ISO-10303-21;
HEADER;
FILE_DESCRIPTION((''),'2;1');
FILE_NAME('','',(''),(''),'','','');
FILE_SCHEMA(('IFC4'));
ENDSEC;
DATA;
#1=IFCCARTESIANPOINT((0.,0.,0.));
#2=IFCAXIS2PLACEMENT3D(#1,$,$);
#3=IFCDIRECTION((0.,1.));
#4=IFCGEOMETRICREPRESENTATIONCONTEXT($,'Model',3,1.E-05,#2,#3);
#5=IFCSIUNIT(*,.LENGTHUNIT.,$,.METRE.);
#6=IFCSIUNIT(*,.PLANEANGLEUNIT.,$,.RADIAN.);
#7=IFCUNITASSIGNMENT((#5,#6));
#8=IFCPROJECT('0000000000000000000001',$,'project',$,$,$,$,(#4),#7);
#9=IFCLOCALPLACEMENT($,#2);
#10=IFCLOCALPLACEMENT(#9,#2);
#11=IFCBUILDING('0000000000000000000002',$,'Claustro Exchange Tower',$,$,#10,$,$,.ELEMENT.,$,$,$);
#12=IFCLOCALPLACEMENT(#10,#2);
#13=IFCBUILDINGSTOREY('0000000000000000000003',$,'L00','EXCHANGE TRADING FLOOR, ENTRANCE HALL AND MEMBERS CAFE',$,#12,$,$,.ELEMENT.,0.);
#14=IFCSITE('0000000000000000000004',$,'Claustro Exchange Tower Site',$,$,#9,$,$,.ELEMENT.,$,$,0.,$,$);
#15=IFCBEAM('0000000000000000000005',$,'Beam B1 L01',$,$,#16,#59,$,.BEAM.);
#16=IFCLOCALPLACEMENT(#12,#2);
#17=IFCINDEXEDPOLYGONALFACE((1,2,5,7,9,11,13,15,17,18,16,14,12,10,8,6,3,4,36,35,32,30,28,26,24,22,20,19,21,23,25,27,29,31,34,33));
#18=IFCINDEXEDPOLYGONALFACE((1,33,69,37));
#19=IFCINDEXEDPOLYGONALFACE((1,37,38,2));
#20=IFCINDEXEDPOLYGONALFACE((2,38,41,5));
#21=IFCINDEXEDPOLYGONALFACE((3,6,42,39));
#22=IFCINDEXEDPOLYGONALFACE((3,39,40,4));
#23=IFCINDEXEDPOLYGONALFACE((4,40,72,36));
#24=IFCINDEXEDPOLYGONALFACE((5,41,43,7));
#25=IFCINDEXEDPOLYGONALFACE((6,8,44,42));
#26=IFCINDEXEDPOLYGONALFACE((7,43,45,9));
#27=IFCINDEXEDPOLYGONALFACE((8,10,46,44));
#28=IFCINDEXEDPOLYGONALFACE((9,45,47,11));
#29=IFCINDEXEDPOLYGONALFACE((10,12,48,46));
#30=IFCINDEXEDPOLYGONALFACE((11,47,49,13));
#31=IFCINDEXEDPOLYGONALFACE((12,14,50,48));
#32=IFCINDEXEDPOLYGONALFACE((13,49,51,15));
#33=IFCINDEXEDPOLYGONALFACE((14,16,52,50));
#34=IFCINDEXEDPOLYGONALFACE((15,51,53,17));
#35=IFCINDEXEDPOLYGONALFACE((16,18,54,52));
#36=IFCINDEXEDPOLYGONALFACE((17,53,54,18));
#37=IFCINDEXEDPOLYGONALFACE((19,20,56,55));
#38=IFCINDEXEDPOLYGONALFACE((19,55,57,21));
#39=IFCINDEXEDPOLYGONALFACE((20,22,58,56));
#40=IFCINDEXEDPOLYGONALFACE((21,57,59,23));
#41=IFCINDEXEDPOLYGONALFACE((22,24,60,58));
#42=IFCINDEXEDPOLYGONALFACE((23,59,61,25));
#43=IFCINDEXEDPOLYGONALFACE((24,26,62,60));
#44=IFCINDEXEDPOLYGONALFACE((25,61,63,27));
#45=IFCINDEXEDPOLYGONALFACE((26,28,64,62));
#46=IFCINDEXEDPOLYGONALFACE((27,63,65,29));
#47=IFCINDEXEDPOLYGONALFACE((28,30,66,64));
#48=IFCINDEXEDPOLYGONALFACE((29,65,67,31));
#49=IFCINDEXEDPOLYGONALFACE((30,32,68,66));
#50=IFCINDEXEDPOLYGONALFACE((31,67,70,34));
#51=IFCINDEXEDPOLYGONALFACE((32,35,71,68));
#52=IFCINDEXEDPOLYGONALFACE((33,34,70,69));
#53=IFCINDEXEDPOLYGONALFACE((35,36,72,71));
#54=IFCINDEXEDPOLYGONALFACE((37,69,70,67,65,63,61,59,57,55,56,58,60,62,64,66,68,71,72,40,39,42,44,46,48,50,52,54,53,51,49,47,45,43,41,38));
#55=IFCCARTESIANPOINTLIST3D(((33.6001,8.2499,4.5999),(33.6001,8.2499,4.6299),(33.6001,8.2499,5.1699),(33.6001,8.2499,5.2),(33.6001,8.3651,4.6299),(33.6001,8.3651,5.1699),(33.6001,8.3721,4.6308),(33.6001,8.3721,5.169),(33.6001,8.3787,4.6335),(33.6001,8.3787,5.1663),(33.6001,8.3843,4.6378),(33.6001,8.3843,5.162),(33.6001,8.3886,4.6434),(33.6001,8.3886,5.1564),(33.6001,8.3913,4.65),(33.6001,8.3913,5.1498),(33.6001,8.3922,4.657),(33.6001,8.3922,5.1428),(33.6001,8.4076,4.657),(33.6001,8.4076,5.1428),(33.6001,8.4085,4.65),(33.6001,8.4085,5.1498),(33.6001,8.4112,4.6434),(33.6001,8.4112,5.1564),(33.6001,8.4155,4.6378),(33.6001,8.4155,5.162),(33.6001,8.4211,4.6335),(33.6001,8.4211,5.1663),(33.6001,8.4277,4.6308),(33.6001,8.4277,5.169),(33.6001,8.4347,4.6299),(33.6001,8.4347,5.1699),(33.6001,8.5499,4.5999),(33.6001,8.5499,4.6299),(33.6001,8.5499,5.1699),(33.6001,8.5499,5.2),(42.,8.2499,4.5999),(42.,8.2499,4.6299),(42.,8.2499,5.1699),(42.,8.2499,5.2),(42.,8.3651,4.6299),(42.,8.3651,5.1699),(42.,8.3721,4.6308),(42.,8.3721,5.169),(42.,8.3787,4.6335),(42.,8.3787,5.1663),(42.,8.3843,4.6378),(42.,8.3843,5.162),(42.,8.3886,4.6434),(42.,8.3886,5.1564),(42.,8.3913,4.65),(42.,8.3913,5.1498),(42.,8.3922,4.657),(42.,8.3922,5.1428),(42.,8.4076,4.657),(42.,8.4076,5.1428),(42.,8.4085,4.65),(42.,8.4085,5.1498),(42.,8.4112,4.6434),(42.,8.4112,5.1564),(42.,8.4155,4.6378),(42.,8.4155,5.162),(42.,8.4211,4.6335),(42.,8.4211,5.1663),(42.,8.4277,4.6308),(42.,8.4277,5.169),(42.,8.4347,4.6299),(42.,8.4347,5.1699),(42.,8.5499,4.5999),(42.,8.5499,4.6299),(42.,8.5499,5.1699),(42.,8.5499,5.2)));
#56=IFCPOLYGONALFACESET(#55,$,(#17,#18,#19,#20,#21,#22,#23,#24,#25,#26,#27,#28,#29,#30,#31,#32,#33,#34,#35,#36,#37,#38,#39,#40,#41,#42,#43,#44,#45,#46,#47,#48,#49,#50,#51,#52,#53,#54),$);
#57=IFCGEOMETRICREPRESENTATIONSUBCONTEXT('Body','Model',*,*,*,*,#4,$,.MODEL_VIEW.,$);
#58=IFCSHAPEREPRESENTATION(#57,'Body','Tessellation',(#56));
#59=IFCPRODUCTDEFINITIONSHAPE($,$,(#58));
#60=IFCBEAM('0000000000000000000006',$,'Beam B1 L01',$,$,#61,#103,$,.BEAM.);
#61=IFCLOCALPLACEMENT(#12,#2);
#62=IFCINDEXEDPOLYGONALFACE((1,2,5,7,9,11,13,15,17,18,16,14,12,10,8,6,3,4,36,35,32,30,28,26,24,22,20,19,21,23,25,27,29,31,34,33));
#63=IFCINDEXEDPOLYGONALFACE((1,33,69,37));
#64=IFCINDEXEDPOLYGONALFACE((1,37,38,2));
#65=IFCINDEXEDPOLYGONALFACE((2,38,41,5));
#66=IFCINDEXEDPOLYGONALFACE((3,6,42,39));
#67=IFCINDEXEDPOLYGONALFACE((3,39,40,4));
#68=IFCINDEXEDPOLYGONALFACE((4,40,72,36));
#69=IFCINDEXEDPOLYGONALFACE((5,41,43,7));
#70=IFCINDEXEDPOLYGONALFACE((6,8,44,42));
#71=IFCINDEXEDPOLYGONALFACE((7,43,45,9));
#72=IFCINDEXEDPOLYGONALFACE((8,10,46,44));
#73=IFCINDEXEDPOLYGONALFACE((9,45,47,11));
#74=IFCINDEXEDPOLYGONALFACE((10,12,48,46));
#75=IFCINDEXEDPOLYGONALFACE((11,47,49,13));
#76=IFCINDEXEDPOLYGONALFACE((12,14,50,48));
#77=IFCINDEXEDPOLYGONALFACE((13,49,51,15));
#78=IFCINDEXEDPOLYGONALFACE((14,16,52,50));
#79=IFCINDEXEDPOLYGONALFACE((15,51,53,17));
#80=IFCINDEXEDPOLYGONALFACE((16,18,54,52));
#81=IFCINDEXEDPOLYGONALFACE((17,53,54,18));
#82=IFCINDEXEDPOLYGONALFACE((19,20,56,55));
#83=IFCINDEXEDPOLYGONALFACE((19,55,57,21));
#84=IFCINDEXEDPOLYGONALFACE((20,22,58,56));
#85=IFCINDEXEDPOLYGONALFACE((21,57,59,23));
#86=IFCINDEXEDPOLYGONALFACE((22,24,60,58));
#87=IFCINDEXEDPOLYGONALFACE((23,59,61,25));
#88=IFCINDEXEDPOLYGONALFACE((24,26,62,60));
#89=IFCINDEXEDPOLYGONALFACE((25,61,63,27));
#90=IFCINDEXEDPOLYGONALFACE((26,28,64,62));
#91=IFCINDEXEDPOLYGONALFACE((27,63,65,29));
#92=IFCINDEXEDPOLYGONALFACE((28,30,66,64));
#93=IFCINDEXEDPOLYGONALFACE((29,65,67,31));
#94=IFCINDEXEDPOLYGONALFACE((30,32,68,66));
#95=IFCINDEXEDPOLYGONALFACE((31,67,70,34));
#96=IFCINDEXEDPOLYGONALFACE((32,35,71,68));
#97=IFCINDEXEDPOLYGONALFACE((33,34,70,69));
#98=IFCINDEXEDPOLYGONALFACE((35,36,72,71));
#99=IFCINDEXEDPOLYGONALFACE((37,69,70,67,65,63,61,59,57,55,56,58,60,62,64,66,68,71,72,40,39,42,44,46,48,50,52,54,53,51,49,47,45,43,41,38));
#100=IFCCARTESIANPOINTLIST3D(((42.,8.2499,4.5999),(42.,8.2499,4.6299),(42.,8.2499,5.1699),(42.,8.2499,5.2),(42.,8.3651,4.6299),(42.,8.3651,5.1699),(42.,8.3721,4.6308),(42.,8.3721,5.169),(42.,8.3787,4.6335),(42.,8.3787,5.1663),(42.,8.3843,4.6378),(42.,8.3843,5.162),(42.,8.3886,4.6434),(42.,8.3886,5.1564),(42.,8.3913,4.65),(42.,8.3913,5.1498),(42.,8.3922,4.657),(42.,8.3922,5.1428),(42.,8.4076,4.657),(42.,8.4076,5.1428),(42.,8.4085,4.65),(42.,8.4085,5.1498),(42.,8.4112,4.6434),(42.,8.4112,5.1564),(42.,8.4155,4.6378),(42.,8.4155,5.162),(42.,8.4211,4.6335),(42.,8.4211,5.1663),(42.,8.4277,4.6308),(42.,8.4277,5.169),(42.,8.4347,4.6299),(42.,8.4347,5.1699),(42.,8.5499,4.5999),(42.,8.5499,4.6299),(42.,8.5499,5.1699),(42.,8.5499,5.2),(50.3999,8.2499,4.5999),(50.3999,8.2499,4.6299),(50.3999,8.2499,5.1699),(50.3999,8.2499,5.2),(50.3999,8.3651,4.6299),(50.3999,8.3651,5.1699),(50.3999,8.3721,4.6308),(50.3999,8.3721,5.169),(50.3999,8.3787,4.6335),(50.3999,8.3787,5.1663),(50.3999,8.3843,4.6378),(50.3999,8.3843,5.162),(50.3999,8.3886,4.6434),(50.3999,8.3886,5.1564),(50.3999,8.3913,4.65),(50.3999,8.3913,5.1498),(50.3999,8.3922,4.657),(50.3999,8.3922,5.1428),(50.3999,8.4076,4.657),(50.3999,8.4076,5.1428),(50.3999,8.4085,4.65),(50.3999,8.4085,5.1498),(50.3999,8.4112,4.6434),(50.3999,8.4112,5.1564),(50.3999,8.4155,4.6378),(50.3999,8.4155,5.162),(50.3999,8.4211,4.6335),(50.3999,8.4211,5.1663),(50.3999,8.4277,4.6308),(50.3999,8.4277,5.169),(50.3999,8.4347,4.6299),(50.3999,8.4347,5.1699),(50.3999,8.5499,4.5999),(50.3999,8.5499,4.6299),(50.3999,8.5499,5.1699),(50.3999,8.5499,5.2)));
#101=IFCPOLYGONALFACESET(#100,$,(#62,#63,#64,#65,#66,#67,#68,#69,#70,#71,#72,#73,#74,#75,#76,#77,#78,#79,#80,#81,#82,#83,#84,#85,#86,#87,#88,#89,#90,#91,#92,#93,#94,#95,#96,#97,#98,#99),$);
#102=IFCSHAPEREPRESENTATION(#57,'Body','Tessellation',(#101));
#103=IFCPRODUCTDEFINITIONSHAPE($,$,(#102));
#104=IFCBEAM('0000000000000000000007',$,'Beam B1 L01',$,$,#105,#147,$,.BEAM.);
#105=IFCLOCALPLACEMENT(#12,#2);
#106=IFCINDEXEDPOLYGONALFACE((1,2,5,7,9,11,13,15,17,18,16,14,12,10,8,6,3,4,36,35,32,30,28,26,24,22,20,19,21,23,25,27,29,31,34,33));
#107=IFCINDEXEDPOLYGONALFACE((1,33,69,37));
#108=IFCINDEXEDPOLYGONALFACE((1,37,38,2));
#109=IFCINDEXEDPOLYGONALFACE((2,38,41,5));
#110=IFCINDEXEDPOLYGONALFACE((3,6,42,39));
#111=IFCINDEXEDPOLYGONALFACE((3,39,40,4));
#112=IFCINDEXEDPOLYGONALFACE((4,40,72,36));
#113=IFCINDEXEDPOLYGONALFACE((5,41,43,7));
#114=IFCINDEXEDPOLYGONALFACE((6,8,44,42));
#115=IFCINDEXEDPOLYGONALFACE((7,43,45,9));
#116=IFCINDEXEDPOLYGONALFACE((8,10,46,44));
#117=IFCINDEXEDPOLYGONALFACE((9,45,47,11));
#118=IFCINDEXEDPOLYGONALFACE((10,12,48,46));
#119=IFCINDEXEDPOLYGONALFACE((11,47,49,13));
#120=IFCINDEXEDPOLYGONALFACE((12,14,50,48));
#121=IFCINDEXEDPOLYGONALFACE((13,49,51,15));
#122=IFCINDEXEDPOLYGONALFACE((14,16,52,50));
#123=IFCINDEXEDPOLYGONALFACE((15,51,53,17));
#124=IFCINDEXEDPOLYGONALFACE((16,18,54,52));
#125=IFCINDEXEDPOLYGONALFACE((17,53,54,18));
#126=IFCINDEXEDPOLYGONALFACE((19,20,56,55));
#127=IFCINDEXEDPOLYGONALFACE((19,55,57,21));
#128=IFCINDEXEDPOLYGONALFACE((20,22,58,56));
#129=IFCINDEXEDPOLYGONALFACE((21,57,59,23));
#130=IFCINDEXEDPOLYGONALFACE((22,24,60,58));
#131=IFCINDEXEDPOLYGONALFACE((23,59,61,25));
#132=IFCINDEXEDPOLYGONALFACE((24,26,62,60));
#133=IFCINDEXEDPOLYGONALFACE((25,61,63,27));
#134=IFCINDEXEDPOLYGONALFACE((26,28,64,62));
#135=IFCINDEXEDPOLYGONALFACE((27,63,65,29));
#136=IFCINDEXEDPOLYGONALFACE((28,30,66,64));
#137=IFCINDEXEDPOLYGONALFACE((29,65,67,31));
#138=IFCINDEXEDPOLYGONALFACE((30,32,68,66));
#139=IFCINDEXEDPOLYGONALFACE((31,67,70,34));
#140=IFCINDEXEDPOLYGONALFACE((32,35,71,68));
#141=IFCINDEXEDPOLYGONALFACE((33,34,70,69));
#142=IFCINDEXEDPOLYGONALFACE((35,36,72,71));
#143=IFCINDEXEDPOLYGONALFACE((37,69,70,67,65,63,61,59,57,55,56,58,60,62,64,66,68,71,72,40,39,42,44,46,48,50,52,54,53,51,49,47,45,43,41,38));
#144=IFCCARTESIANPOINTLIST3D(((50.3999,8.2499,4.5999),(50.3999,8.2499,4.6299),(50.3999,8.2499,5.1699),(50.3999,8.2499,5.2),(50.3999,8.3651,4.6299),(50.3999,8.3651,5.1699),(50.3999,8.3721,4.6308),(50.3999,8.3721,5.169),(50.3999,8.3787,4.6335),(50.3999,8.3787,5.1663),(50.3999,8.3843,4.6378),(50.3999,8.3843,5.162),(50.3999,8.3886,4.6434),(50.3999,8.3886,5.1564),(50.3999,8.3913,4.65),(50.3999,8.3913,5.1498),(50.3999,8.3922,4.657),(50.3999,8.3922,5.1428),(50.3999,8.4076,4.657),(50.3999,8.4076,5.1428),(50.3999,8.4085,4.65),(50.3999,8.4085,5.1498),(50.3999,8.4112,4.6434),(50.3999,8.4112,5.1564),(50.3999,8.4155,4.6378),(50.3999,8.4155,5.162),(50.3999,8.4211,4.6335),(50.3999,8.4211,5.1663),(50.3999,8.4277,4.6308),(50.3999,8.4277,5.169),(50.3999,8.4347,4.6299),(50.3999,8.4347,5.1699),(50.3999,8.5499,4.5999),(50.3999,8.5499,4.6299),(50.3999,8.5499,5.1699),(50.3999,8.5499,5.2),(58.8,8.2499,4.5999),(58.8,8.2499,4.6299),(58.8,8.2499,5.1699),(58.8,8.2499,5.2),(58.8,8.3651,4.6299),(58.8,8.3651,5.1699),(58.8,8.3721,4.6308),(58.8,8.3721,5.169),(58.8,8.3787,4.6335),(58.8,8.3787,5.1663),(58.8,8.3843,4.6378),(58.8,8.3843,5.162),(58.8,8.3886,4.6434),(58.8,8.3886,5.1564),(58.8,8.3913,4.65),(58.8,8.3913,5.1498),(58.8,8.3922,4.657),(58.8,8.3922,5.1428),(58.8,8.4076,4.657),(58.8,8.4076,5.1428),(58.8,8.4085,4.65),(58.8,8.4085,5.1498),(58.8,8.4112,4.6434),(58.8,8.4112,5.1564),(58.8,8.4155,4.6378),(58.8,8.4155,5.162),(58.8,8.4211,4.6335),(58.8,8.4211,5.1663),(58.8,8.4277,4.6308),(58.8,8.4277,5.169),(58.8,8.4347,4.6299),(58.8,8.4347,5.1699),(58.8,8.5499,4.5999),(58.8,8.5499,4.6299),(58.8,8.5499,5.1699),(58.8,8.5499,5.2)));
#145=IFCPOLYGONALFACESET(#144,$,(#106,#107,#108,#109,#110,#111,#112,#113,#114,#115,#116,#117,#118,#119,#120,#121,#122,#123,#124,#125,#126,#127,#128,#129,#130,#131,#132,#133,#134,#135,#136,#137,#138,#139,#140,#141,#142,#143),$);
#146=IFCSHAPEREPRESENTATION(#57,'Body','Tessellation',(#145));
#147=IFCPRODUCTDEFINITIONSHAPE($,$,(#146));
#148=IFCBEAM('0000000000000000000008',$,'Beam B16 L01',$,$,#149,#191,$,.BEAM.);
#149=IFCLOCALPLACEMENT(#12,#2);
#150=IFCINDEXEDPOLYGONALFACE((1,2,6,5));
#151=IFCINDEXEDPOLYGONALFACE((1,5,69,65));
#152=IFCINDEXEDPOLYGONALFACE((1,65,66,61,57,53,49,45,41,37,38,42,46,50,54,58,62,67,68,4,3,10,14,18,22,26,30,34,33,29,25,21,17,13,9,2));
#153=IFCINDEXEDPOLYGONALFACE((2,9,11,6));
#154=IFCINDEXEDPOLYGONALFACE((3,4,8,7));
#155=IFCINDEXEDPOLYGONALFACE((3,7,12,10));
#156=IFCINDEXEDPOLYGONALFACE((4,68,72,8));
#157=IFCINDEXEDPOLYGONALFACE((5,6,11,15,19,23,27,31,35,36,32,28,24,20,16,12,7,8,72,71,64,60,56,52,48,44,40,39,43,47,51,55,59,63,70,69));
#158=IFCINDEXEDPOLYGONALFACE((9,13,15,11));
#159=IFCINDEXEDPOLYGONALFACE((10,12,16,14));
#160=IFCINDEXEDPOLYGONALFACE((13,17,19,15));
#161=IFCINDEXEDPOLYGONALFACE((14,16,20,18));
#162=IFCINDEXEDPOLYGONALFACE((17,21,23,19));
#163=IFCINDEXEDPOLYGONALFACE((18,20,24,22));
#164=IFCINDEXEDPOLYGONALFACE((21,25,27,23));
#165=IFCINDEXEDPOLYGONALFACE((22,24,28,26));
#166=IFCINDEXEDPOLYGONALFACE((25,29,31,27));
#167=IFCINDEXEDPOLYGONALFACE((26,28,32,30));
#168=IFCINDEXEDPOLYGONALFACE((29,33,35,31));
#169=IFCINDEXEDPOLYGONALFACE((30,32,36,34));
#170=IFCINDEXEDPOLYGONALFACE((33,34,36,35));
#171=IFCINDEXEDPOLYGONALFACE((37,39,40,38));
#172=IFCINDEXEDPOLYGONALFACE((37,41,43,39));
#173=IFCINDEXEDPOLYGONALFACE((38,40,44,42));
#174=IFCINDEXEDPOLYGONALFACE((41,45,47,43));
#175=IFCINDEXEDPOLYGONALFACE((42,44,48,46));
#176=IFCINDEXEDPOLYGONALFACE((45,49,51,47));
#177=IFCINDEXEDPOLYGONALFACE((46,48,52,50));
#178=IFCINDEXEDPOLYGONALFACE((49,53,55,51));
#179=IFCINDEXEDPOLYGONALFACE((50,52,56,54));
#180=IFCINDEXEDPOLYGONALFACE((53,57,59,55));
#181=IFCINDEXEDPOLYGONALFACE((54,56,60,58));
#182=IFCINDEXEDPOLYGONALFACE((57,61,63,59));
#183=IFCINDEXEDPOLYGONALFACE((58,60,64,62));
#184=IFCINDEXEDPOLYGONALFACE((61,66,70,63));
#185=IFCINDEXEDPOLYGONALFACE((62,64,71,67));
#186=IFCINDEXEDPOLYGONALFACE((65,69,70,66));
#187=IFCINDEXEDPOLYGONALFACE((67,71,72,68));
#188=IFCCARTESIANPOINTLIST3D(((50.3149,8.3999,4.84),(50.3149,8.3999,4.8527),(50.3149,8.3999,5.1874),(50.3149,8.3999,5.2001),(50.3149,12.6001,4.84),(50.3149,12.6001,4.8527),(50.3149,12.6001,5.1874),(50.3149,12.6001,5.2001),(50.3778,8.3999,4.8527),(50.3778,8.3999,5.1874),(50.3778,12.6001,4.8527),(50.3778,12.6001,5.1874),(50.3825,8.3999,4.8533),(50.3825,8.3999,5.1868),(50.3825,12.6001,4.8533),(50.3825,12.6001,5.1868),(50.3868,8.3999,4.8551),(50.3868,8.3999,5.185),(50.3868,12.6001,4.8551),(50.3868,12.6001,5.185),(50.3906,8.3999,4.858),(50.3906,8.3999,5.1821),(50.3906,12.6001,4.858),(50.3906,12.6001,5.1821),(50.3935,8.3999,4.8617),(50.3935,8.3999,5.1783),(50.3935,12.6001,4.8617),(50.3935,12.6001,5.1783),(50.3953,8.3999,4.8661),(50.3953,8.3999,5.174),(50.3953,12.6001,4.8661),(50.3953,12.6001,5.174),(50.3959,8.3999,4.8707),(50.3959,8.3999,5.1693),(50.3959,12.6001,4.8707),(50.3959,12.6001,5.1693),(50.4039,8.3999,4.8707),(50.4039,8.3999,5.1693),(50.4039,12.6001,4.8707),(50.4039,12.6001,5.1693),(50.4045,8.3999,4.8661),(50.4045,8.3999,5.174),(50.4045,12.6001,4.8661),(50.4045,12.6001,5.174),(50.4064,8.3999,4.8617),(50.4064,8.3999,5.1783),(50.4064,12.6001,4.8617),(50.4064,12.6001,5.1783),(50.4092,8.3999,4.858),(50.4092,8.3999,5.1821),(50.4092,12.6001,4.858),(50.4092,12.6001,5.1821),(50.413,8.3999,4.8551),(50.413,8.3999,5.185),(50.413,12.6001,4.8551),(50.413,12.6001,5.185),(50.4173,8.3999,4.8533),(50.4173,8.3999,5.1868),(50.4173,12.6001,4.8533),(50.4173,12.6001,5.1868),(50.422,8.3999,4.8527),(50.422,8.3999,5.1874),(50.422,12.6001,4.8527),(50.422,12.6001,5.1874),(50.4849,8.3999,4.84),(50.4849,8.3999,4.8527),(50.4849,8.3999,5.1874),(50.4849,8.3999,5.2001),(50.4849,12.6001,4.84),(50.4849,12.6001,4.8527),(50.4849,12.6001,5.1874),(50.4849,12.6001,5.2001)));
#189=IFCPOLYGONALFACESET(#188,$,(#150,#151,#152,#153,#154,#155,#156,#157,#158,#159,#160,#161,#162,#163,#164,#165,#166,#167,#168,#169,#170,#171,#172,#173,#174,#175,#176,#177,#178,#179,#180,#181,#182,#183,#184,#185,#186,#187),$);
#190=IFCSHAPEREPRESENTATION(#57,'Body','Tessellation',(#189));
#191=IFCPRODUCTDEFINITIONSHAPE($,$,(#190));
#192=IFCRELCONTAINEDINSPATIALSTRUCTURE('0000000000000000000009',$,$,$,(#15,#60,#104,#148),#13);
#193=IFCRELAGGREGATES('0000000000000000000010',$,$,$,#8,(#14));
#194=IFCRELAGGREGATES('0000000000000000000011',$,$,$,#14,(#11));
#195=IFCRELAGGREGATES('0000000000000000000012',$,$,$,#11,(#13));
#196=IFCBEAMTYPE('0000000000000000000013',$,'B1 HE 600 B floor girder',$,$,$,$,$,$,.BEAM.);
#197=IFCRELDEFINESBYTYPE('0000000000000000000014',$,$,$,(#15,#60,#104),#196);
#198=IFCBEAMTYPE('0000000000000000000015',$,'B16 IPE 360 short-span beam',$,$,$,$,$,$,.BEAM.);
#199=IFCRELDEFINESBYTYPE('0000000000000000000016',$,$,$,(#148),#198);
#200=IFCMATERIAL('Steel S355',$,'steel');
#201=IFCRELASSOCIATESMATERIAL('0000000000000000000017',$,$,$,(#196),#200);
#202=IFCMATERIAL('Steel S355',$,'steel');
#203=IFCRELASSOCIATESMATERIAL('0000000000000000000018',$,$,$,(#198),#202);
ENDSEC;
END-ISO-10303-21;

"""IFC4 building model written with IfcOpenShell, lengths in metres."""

from ifc_helpers import new_model, si_unit, direction, frame, origin, origin_2d, place, context, subcontext, project, spatial, i_section, extrude, material, material_profile, profile_set, type_object, element, save


model = new_model("IFC4")

# Units and contexts
model_context = context("Model", 3, precision=1e-05, world=origin(), true_north=direction((0.0, 1.0)))
body_context = subcontext(model_context, "Body", "Model", "MODEL_VIEW")
ifc_project = project(units=[si_unit("LENGTHUNIT", "METRE"), si_unit("PLANEANGLEUNIT", "RADIAN")], contexts=[model_context])

# Site, building, storey
site_placement = place(None, origin())
site = spatial("IfcSite", under=ifc_project, at=site_placement, Name="Claustro Exchange Tower Site", CompositionType="ELEMENT", RefElevation=0.0)
building_placement = place(site_placement, origin())
building = spatial("IfcBuilding", under=site, at=building_placement, Name="Claustro Exchange Tower", CompositionType="ELEMENT")
storey_placement = place(building_placement, origin())
storey = spatial("IfcBuildingStorey", under=building, at=storey_placement, Name="L00", Description="EXCHANGE TRADING FLOOR, ENTRANCE HALL AND MEMBERS CAFE", CompositionType="ELEMENT", Elevation=0.0)

# Beams
ifc_material_1 = material(Name="Steel S355", Category="steel")
ifc_material_profile_1 = material_profile(ifc_material_1, i_section(OverallWidth=0.3, OverallDepth=0.6001, WebThickness=0.0154, FlangeThickness=0.03, FilletRadius=0.0271, at=origin_2d()), Name="HE 600 B")
ifc_profile_set_1 = profile_set([ifc_material_profile_1], Name="Steel S355")
beam_type_1 = type_object("IfcBeamType", Name="B1 HE 600 B floor girder", PredefinedType="BEAM", material=ifc_profile_set_1)
for number, where, z_axis, x_axis, name in (
    (1, (33.6001, 8.3999, 4.8999), (1.0, 0.0, 0.0), (0.0, 1.0, 0.0), "Beam B1 L01"),
    (2, (42.0, 8.3999, 4.8999), (1.0, 0.0, 0.0), (0.0, 1.0, 0.0), "Beam B1 L01"),
):
    element("IfcBeam", number, at=place(storey_placement, frame(where, z_axis=z_axis, x_axis=x_axis)), inside=storey, type_object=beam_type_1, Name=name, PredefinedType="BEAM", context=body_context, shape_type="SweptSolid", body=[
        extrude(i_section(OverallWidth=0.3, OverallDepth=0.6001, WebThickness=0.0154, FlangeThickness=0.03, FilletRadius=0.0271, at=origin_2d()), origin(), (0.0, 0.0, 1.0), 8.3999),
    ])
beam_1_placement = place(storey_placement, frame((50.3999, 8.3999, 4.8999), z_axis=(1.0, 0.0, 0.0), x_axis=(0.0, 1.0, 0.0)))
element("IfcBeam", 3, at=beam_1_placement, inside=storey, type_object=beam_type_1, Name="Beam B1 L01", PredefinedType="BEAM", context=body_context, shape_type="SweptSolid", body=[
    extrude(i_section(OverallWidth=0.3, OverallDepth=0.6001, WebThickness=0.0154, FlangeThickness=0.03, FilletRadius=0.0271, at=origin_2d()), origin(), (0.0, 0.0, 1.0), 8.4001),
])
ifc_material_2 = material(Name="Steel S355", Category="steel")
ifc_material_profile_2 = material_profile(ifc_material_2, i_section(OverallWidth=0.1699, OverallDepth=0.3601, WebThickness=0.0081, FlangeThickness=0.0127, FilletRadius=0.0181, at=origin_2d()), Name="IPE 360")
ifc_profile_set_2 = profile_set([ifc_material_profile_2], Name="Steel S355")
beam_type_2 = type_object("IfcBeamType", Name="B16 IPE 360 short-span beam", PredefinedType="BEAM", material=ifc_profile_set_2)
beam_2_placement = place(storey_placement, frame((50.3999, 8.3999, 5.02), z_axis=(0.0, 1.0, 0.0), x_axis=(-1.0, 0.0, 0.0)))
element("IfcBeam", 4, at=beam_2_placement, inside=storey, type_object=beam_type_2, Name="Beam B16 L01", PredefinedType="BEAM", context=body_context, shape_type="SweptSolid", body=[
    extrude(i_section(OverallWidth=0.1699, OverallDepth=0.3601, WebThickness=0.0081, FlangeThickness=0.0127, FilletRadius=0.0181, at=origin_2d()), origin(), (0.0, 0.0, 1.0), 4.2002),
])

save(model, "model.ifc")
